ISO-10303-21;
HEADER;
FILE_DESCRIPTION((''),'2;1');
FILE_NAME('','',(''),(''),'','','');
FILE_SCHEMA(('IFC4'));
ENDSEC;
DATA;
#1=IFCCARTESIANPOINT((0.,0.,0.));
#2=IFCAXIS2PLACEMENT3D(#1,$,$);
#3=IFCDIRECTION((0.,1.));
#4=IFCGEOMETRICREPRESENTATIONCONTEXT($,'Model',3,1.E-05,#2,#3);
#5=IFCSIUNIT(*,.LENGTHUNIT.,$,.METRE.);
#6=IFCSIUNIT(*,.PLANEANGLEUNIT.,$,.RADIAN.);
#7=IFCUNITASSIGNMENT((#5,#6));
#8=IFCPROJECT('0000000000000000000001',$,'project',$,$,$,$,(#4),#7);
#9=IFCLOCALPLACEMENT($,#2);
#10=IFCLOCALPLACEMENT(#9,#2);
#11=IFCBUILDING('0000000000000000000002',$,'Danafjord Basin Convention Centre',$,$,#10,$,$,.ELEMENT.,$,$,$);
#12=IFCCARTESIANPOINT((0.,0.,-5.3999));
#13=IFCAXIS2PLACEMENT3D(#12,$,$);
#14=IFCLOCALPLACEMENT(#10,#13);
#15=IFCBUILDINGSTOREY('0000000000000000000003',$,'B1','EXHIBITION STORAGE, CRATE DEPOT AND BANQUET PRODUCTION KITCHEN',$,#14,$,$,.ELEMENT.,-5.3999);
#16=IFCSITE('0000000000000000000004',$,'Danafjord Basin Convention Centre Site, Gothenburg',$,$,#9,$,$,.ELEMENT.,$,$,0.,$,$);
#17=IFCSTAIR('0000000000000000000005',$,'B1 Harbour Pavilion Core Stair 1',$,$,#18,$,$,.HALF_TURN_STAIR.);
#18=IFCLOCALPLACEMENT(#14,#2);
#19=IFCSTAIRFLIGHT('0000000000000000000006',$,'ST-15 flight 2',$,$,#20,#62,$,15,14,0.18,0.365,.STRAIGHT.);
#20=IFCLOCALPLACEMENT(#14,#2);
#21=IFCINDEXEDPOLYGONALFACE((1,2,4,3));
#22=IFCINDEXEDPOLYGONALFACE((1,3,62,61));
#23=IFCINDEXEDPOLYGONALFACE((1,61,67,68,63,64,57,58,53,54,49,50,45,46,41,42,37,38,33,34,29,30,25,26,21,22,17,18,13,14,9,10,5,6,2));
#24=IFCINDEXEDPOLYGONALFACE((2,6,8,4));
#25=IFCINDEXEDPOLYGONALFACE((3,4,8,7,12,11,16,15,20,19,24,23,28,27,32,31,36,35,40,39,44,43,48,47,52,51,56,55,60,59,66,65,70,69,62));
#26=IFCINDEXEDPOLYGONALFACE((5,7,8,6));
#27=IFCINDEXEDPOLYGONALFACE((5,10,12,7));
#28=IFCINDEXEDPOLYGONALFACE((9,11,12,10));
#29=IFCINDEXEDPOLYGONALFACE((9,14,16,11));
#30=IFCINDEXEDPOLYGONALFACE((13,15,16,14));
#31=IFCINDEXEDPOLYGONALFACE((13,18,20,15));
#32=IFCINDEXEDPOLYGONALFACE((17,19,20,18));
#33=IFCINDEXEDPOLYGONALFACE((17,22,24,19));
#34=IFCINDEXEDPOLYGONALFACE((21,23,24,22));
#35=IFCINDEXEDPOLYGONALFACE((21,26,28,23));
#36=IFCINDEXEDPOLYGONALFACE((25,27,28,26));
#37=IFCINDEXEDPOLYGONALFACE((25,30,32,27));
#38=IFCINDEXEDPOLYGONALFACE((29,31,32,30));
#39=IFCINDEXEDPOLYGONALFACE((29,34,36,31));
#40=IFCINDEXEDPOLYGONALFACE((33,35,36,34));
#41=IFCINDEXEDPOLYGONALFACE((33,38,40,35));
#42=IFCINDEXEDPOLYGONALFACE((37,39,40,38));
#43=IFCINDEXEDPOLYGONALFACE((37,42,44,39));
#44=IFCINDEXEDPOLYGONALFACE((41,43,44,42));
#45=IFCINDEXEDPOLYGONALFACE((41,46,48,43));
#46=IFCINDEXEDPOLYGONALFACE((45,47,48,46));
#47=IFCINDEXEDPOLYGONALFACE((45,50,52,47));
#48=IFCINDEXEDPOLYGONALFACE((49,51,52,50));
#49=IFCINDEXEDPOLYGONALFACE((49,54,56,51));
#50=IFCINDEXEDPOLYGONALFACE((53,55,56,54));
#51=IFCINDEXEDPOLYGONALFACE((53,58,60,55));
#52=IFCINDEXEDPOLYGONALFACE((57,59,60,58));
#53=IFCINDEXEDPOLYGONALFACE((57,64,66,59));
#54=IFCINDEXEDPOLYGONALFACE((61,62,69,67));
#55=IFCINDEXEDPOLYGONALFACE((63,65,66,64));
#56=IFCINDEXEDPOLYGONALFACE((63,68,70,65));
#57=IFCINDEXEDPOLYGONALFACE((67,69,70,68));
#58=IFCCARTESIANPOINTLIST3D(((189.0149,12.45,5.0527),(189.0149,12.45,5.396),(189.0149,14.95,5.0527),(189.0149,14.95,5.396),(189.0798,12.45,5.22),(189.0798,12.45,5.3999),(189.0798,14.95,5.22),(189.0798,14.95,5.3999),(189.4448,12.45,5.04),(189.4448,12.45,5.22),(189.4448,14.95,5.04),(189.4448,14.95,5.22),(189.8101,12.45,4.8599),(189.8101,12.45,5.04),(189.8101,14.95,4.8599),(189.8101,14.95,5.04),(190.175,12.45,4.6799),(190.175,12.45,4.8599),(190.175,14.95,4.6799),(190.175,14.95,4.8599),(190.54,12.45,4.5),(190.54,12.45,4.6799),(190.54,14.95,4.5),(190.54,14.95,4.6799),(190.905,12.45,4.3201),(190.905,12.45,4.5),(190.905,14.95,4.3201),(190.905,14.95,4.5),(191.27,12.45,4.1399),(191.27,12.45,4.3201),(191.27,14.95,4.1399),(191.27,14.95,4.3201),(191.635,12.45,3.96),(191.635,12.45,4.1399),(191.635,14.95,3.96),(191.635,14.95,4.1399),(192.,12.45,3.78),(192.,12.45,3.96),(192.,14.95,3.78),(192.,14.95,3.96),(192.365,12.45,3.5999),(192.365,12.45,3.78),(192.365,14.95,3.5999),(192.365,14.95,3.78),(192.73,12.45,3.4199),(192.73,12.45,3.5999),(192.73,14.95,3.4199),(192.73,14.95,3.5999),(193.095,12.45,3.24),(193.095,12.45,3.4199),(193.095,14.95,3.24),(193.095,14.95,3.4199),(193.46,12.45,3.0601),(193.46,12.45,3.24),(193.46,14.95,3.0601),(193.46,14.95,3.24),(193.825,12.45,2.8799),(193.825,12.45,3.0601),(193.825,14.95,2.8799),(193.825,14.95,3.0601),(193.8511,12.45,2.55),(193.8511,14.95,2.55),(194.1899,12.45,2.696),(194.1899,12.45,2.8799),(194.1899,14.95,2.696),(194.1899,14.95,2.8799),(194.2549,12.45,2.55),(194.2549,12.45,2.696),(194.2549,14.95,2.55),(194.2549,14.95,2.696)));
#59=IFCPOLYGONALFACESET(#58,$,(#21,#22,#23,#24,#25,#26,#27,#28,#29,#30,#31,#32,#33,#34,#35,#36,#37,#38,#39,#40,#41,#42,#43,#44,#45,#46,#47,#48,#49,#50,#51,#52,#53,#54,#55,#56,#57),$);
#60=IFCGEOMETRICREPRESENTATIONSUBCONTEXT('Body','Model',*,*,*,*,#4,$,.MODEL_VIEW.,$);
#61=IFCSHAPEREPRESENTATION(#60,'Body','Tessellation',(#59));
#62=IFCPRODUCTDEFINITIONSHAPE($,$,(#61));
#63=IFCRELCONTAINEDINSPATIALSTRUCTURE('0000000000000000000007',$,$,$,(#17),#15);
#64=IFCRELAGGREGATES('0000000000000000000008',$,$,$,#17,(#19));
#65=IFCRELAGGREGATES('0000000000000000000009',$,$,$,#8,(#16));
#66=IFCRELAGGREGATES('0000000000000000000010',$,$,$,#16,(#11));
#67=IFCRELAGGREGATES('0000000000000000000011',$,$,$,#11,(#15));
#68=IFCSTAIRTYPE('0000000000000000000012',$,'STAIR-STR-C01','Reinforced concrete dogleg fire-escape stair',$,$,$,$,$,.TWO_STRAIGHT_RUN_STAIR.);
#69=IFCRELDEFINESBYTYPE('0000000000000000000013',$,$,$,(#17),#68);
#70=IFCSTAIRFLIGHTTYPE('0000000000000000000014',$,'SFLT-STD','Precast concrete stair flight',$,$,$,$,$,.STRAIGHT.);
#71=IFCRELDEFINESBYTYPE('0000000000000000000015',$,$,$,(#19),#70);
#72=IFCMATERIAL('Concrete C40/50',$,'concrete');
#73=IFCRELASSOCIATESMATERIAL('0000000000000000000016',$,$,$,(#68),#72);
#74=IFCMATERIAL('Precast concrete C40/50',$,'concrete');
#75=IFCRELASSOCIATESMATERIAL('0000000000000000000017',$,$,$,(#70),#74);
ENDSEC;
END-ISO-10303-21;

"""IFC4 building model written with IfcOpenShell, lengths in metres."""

from ifc_helpers import new_model, si_unit, direction, frame, origin, place, context, subcontext, project, spatial, polyline, outline, extrude, material, type_object, element, aggregate, save


model = new_model("IFC4")

# Units and contexts
model_context = context("Model", 3, precision=1e-05, world=origin(), true_north=direction((0.0, 1.0)))
body_context = subcontext(model_context, "Body", "Model", "MODEL_VIEW")
ifc_project = project(units=[si_unit("LENGTHUNIT", "METRE"), si_unit("PLANEANGLEUNIT", "RADIAN")], contexts=[model_context])

# Site, building, storey
site_placement = place(None, origin())
site = spatial("IfcSite", under=ifc_project, at=site_placement, Name="Danafjord Basin Convention Centre Site, Gothenburg", CompositionType="ELEMENT", RefElevation=0.0)
building_placement = place(site_placement, origin())
building = spatial("IfcBuilding", under=site, at=building_placement, Name="Danafjord Basin Convention Centre", CompositionType="ELEMENT")
storey_placement = place(building_placement, frame((0.0, 0.0, -5.3999)))
storey = spatial("IfcBuildingStorey", under=building, at=storey_placement, Name="B1", Description="EXHIBITION STORAGE, CRATE DEPOT AND BANQUET PRODUCTION KITCHEN", CompositionType="ELEMENT", Elevation=-5.3999)

# Shared definitions
ifc_material_1 = material(Name="Concrete C40/50", Category="concrete")

# Stair, stair flight
stair_type = type_object("IfcStairType", Name="STAIR-STR-C01", Description="Reinforced concrete dogleg fire-escape stair", PredefinedType="TWO_STRAIGHT_RUN_STAIR", material=ifc_material_1)
stair_placement = place(storey_placement, origin())
stair = element("IfcStair", 1, at=stair_placement, inside=storey, type_object=stair_type, Name="B1 Harbour Pavilion Core Stair 1", PredefinedType="HALF_TURN_STAIR")
ifc_material_2 = material(Name="Precast concrete C40/50", Category="concrete")
stair_flight_type = type_object("IfcStairFlightType", Name="SFLT-STD", Description="Precast concrete stair flight", PredefinedType="STRAIGHT", material=ifc_material_2)
stair_flight_1_placement = place(storey_placement, frame((194.1899, 13.7, 2.7), z_axis=(0.0, 0.0, 1.0), x_axis=(-1.0, 0.0, 0.0)))
stair_flight_1 = element("IfcStairFlight", 2, at=stair_flight_1_placement, type_object=stair_flight_type, Name="ST-15 flight 2", NumberOfRisers=15, NumberOfTreads=14, PredefinedType="STRAIGHT", RiserHeight=0.18, TreadLength=0.365, context=body_context, shape_type="SweptSolid", body=[
    extrude(outline(polyline([(-0.0649, -0.1499), (-0.0649, -0.0039), (0.0, -0.0039), (0.0, 0.1799), (0.365, 0.1799), (0.365, 0.3601), (0.73, 0.3601), (0.73, 0.54), (1.095, 0.54), (1.095, 0.72), (1.46, 0.72), (1.46, 0.8999), (1.825, 0.8999), (1.825, 1.0801), (2.1899, 1.0801), (2.1899, 1.26), (2.5549, 1.26), (2.5549, 1.4399), (2.9199, 1.4399), (2.9199, 1.6201), (3.2849, 1.6201), (3.2849, 1.8), (3.6499, 1.8), (3.6499, 1.98), (4.0149, 1.98), (4.0149, 2.1599), (4.3799, 2.1599), (4.3799, 2.3401), (4.7451, 2.3401), (4.7451, 2.52), (5.1101, 2.52), (5.1101, 2.7), (5.175, 2.696), (5.175, 2.3528), (0.3389, -0.1499), (-0.0649, -0.1499)])), frame((0.0, 1.25, 0.0), z_axis=(0.0, -1.0, 0.0), x_axis=(1.0, 0.0, 0.0)), (0.0, 0.0, 1.0), 2.5),
])
aggregate(stair, [stair_flight_1])

save(model, "model.ifc")
